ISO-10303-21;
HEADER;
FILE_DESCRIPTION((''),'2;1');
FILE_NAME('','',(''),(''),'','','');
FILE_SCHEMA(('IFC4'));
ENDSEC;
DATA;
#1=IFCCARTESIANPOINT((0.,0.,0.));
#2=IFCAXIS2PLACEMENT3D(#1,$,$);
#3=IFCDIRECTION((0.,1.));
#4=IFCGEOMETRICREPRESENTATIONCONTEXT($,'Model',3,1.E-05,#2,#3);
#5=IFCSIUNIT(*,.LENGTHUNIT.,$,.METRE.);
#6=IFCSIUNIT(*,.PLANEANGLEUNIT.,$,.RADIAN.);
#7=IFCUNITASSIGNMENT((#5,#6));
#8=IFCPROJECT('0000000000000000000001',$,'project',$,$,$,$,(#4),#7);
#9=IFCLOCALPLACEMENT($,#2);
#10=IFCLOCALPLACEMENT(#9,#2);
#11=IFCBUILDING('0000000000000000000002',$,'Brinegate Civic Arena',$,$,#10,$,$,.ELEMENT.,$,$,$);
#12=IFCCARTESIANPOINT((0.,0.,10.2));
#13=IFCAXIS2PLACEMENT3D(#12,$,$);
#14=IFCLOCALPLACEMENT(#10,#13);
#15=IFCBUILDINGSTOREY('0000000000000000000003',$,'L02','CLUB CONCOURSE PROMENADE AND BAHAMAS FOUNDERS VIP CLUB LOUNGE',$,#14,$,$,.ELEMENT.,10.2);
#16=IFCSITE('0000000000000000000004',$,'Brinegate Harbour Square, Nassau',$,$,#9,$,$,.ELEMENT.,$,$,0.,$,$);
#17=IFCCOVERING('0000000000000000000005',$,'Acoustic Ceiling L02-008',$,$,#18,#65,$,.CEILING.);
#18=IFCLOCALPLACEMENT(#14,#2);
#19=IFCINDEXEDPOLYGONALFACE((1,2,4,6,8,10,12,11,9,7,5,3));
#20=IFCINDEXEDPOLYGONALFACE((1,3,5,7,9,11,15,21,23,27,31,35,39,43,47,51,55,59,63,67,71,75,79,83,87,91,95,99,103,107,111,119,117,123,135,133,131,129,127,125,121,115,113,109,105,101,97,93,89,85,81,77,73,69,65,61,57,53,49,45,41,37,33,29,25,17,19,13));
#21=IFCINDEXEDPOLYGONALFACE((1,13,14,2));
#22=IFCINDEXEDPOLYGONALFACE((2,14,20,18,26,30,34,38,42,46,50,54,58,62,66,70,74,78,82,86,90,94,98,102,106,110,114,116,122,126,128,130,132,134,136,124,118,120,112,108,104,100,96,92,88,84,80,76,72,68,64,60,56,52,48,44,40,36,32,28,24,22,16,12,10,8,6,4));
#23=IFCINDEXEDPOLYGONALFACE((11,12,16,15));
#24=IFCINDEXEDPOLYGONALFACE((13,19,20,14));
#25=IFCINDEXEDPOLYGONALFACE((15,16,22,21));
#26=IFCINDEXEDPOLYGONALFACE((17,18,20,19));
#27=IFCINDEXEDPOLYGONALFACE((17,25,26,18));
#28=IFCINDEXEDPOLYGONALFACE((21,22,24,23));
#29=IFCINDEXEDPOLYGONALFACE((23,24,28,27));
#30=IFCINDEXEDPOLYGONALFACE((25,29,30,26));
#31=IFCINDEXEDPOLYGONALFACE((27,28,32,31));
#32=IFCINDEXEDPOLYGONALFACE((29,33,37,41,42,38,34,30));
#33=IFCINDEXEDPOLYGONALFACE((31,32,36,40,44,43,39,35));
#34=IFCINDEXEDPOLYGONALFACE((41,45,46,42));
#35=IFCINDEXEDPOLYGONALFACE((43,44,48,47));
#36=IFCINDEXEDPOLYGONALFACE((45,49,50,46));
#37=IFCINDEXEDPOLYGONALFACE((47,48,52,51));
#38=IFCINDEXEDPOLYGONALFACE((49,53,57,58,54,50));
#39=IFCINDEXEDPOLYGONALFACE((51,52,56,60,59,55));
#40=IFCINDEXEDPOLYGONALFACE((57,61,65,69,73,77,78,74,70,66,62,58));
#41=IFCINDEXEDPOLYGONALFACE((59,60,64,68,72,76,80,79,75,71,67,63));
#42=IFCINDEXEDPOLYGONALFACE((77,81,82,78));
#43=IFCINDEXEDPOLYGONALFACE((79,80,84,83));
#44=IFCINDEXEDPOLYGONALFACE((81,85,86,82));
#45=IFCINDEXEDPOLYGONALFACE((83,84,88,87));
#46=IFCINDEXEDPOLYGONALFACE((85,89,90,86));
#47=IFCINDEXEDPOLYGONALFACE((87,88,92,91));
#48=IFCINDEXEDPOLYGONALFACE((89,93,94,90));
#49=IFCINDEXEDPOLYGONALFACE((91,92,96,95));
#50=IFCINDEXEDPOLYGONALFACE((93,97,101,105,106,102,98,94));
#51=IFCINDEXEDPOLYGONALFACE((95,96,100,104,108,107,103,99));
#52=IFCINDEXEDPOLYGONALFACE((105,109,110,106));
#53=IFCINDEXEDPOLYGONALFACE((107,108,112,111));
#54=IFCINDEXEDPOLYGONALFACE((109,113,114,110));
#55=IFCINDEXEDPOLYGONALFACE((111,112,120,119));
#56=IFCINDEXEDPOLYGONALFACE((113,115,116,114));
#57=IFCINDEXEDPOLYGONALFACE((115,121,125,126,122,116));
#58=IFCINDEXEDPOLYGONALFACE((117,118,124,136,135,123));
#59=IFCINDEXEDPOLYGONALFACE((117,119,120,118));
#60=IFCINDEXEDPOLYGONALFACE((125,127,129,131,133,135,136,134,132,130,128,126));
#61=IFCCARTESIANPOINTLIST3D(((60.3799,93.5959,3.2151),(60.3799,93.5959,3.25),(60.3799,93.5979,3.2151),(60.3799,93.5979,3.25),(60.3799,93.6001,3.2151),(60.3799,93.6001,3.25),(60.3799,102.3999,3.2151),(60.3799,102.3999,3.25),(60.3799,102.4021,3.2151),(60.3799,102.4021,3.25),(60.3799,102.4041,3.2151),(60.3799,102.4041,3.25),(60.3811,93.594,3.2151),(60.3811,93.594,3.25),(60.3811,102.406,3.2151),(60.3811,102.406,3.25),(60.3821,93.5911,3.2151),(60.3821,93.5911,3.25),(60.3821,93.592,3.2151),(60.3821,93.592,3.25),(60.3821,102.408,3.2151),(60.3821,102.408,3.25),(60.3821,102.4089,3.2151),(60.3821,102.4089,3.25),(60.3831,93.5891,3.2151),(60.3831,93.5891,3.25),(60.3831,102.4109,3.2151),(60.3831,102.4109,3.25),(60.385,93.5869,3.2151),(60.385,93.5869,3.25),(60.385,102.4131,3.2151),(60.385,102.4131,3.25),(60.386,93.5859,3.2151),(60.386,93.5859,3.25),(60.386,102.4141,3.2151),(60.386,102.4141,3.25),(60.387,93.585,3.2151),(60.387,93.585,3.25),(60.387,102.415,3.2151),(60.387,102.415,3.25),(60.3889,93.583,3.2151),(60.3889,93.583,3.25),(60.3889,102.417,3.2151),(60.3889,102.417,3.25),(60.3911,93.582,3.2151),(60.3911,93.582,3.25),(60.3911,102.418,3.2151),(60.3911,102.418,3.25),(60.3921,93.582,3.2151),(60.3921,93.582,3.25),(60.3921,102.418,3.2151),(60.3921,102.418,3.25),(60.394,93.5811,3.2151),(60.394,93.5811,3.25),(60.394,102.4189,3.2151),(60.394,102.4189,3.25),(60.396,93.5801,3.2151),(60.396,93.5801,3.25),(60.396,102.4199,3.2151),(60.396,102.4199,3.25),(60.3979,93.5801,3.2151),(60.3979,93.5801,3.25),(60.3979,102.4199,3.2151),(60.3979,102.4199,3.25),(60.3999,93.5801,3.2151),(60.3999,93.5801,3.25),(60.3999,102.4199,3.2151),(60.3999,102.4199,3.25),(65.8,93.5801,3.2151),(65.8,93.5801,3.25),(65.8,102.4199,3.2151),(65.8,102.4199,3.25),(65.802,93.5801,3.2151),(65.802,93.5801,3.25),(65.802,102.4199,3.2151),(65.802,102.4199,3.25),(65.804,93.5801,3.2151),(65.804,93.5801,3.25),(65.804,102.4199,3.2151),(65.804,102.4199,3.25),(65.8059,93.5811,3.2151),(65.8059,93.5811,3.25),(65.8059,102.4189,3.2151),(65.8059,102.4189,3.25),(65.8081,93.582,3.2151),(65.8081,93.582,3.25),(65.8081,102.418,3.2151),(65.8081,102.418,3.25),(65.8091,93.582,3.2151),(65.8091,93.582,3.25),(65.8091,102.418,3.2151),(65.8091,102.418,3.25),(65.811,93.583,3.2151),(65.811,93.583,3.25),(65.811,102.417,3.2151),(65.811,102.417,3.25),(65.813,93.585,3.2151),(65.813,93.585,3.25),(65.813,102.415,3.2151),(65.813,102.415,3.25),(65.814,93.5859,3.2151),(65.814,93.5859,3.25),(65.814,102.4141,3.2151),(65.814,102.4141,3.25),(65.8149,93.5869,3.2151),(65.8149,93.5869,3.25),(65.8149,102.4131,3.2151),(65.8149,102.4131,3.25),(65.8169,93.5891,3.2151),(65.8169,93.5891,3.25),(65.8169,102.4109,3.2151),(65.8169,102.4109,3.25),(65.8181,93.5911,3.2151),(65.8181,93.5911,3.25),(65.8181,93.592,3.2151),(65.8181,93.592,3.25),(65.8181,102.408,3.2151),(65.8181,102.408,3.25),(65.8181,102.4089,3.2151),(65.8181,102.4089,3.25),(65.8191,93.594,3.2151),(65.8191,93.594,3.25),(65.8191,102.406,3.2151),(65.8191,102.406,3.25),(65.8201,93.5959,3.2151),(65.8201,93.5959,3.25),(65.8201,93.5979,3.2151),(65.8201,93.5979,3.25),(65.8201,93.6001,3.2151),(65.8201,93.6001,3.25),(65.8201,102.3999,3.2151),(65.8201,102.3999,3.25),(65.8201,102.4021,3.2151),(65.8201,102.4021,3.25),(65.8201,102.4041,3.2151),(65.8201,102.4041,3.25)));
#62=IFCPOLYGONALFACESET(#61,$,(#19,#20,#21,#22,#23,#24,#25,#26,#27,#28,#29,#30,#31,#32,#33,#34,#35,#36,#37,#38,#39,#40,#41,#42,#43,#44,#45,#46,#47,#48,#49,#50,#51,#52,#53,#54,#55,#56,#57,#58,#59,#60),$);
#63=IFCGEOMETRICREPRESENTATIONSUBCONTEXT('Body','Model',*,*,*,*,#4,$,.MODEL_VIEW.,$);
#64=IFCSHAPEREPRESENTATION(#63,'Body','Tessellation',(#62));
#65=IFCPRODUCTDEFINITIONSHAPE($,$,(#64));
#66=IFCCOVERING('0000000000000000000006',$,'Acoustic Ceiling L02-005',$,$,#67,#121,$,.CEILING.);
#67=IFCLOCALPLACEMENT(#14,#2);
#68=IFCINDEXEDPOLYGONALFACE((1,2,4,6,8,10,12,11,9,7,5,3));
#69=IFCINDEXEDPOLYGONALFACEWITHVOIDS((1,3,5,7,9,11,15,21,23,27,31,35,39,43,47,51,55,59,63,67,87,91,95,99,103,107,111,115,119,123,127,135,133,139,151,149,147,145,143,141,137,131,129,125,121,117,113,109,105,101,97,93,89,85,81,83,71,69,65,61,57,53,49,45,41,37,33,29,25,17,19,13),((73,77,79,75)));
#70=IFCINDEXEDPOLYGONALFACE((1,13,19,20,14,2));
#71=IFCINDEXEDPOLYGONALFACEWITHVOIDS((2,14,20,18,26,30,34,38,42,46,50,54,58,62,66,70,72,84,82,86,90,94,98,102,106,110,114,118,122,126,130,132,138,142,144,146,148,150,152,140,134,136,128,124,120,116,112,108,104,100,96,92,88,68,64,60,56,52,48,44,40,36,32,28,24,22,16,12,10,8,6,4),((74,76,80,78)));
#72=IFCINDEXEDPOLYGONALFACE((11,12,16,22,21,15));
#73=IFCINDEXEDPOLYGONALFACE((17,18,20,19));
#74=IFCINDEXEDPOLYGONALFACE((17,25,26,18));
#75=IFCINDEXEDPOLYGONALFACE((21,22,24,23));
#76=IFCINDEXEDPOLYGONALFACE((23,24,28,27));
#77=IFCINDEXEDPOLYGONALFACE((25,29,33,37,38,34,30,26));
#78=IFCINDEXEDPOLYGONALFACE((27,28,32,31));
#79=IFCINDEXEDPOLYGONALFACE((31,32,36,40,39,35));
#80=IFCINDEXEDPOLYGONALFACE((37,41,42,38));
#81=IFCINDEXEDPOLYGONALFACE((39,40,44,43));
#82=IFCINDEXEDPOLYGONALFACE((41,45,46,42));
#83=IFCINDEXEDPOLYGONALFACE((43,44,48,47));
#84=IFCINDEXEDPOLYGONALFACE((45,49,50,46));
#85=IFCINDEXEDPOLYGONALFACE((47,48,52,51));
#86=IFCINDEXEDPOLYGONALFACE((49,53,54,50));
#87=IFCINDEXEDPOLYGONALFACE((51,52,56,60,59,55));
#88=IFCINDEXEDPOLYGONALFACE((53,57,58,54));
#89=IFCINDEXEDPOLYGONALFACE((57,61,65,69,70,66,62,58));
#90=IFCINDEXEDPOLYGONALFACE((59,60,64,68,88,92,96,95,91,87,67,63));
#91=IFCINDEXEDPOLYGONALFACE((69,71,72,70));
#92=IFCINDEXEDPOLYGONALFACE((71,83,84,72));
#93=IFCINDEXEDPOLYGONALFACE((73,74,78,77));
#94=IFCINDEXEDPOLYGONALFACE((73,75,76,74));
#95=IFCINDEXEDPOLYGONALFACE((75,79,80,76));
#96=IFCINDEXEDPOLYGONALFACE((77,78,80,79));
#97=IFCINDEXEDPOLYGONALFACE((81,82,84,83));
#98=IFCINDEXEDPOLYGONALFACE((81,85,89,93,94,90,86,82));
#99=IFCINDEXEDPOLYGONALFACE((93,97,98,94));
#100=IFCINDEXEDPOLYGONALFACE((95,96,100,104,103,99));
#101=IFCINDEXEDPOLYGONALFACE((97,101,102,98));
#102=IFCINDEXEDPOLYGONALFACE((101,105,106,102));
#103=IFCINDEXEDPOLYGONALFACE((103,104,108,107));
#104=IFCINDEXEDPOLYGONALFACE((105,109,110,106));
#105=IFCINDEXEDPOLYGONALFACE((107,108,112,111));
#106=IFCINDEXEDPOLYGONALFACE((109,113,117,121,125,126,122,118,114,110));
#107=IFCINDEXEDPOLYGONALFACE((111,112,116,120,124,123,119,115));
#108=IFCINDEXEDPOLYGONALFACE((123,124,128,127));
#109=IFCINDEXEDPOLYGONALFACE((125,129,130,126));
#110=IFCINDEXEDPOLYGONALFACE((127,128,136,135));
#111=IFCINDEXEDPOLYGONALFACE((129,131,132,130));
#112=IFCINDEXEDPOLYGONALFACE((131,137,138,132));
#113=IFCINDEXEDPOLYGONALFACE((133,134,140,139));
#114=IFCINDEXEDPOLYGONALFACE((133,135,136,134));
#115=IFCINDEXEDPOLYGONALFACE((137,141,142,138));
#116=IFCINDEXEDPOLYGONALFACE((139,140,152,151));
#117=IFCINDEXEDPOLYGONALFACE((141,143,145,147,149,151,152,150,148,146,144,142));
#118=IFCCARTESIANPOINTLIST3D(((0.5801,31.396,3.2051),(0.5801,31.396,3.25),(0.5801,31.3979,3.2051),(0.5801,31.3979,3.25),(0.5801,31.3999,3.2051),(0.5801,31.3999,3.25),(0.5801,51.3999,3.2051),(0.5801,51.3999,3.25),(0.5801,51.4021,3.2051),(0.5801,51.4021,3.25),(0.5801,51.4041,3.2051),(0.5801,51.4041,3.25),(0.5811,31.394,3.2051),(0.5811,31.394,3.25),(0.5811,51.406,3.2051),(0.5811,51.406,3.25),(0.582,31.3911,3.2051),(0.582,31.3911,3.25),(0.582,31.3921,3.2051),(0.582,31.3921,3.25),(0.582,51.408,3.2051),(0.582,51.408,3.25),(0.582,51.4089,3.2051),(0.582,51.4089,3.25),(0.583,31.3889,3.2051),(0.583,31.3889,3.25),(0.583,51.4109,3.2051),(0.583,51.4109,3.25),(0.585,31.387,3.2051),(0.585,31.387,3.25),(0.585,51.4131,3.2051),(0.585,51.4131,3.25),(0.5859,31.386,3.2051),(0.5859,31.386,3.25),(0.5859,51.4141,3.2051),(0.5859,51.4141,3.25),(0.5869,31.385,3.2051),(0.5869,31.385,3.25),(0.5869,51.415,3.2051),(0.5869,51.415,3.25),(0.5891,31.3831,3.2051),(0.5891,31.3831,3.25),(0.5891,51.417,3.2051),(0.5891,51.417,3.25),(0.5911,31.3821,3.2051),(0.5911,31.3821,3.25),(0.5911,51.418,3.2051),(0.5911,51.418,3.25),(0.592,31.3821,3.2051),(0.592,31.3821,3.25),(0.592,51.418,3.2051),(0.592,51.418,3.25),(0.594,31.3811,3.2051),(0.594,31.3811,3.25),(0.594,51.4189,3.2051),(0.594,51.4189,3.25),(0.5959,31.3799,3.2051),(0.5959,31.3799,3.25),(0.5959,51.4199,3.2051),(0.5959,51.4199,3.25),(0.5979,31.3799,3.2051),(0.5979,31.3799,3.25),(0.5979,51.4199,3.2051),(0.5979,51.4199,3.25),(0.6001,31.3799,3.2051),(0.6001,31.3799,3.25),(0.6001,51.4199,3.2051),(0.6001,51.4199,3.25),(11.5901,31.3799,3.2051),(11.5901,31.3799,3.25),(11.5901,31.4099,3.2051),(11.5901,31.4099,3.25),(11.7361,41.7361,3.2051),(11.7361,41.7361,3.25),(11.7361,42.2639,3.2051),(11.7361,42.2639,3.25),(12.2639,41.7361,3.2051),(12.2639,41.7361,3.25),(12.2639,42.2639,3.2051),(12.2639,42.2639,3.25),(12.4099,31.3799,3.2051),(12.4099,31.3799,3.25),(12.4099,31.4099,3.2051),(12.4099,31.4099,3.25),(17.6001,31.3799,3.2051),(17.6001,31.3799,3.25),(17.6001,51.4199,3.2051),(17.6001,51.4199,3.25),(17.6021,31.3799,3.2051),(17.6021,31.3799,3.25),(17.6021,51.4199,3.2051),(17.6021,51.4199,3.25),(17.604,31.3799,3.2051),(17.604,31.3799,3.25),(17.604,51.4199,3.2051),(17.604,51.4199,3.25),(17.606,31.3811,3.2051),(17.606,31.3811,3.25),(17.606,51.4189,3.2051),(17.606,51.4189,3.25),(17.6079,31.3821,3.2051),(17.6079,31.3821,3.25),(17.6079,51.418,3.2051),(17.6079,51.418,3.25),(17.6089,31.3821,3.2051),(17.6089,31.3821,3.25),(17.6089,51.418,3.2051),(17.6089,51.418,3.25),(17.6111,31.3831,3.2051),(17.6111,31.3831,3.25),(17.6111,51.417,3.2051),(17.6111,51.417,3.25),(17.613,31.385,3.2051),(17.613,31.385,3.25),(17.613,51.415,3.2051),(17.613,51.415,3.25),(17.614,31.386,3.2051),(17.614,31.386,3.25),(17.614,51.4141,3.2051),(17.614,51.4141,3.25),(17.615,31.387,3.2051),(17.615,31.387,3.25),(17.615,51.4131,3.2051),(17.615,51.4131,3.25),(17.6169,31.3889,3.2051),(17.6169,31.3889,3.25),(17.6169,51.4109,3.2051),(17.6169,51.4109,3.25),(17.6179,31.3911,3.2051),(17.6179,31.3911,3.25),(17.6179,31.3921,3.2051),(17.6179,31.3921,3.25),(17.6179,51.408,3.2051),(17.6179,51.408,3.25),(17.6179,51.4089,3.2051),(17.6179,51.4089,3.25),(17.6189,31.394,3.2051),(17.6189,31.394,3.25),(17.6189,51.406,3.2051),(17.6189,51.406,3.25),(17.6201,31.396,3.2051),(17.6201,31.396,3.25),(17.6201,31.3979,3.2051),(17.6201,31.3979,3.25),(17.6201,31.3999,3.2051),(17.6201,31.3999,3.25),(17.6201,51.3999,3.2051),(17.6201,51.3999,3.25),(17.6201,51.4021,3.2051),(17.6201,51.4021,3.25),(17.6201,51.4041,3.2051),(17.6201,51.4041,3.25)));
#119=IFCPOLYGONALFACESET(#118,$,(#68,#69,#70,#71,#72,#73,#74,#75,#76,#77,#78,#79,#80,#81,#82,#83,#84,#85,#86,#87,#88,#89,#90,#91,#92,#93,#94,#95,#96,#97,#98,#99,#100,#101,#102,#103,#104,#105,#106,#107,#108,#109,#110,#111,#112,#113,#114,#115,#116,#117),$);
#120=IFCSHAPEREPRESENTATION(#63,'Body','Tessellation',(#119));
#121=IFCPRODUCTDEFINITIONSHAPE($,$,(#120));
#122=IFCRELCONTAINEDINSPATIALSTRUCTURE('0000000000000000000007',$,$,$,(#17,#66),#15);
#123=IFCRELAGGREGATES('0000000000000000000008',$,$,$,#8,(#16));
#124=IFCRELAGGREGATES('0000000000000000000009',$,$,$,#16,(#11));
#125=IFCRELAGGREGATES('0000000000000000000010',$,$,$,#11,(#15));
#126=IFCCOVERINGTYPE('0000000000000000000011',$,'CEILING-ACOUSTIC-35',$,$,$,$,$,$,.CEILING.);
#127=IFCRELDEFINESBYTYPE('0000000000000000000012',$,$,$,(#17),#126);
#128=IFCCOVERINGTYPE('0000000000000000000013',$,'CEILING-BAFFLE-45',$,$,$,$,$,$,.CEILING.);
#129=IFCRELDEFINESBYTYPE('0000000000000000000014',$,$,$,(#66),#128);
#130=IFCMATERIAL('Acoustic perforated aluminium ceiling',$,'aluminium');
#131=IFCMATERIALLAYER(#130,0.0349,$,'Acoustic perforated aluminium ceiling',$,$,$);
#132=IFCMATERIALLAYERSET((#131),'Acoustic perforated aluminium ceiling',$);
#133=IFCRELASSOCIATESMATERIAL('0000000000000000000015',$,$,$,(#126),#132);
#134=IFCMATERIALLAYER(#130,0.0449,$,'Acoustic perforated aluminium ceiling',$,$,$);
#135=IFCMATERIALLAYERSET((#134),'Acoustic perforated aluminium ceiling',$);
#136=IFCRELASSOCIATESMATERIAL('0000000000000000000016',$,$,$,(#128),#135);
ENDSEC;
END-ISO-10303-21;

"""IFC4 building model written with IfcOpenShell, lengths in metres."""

from ifc_helpers import new_model, si_unit, direction, frame, origin, place, context, subcontext, project, spatial, polyline, outline, extrude, material, layer, layer_set, type_object, element, save


model = new_model("IFC4")

# Units and contexts
model_context = context("Model", 3, precision=1e-05, world=origin(), true_north=direction((0.0, 1.0)))
body_context = subcontext(model_context, "Body", "Model", "MODEL_VIEW")
ifc_project = project(units=[si_unit("LENGTHUNIT", "METRE"), si_unit("PLANEANGLEUNIT", "RADIAN")], contexts=[model_context])

# Site, building, storey
site_placement = place(None, origin())
site = spatial("IfcSite", under=ifc_project, at=site_placement, Name="Brinegate Harbour Square, Nassau", CompositionType="ELEMENT", RefElevation=0.0)
building_placement = place(site_placement, origin())
building = spatial("IfcBuilding", under=site, at=building_placement, Name="Brinegate Civic Arena", CompositionType="ELEMENT")
storey_placement = place(building_placement, frame((0.0, 0.0, 10.2)))
storey = spatial("IfcBuildingStorey", under=building, at=storey_placement, Name="L02", Description="CLUB CONCOURSE PROMENADE AND BAHAMAS FOUNDERS VIP CLUB LOUNGE", CompositionType="ELEMENT", Elevation=10.2)

# Coverings
ifc_material_1 = material(Name="Acoustic perforated aluminium ceiling", Category="aluminium")
ifc_layer_1 = layer(ifc_material_1, 0.0349, Name="Acoustic perforated aluminium ceiling")
ifc_layer_set_1 = layer_set([ifc_layer_1], Name="Acoustic perforated aluminium ceiling")
covering_type_1 = type_object("IfcCoveringType", Name="CEILING-ACOUSTIC-35", PredefinedType="CEILING", material=ifc_layer_set_1)
covering_1_placement = place(storey_placement, frame((0.0, 0.0, 3.2151)))
element("IfcCovering", 1, at=covering_1_placement, inside=storey, type_object=covering_type_1, Name="Acoustic Ceiling L02-008", PredefinedType="CEILING", context=body_context, shape_type="SweptSolid", body=[
    extrude(outline(polyline([(65.804, 102.4199), (65.8059, 102.4189), (65.8081, 102.418), (65.8091, 102.418), (65.811, 102.417), (65.813, 102.415), (65.814, 102.4141), (65.8149, 102.4131), (65.8169, 102.4109), (65.8181, 102.4089), (65.8181, 102.408), (65.8191, 102.406), (65.8201, 102.4041), (65.8201, 102.4021), (65.8201, 102.3999), (65.8201, 93.6001), (65.8201, 93.5979), (65.8201, 93.5959), (65.8191, 93.594), (65.8181, 93.592), (65.8181, 93.5911), (65.8169, 93.5891), (65.8149, 93.5869), (65.814, 93.5859), (65.813, 93.585), (65.811, 93.583), (65.8091, 93.582), (65.8081, 93.582), (65.8059, 93.5811), (65.804, 93.5801), (65.802, 93.5801), (65.8, 93.5801), (60.3999, 93.5801), (60.3979, 93.5801), (60.396, 93.5801), (60.394, 93.5811), (60.3921, 93.582), (60.3911, 93.582), (60.3889, 93.583), (60.387, 93.585), (60.386, 93.5859), (60.385, 93.5869), (60.3831, 93.5891), (60.3821, 93.5911), (60.3821, 93.592), (60.3811, 93.594), (60.3799, 93.5959), (60.3799, 93.5979), (60.3799, 93.6001), (60.3799, 102.3999), (60.3799, 102.4021), (60.3799, 102.4041), (60.3811, 102.406), (60.3821, 102.408), (60.3821, 102.4089), (60.3831, 102.4109), (60.385, 102.4131), (60.386, 102.4141), (60.387, 102.415), (60.3889, 102.417), (60.3911, 102.418), (60.3921, 102.418), (60.394, 102.4189), (60.396, 102.4199), (60.3979, 102.4199), (60.3999, 102.4199), (65.8, 102.4199), (65.802, 102.4199), (65.804, 102.4199)])), origin(), (0.0, 0.0, 1.0), 0.0349),
])
ifc_layer_2 = layer(ifc_material_1, 0.0449, Name="Acoustic perforated aluminium ceiling")
ifc_layer_set_2 = layer_set([ifc_layer_2], Name="Acoustic perforated aluminium ceiling")
covering_type_2 = type_object("IfcCoveringType", Name="CEILING-BAFFLE-45", PredefinedType="CEILING", material=ifc_layer_set_2)
covering_2_placement = place(storey_placement, frame((0.0, 0.0, 3.2051)))
element("IfcCovering", 2, at=covering_2_placement, inside=storey, type_object=covering_type_2, Name="Acoustic Ceiling L02-005", PredefinedType="CEILING", context=body_context, shape_type="SweptSolid", body=[
    extrude(outline(polyline([(17.604, 51.4199), (17.606, 51.4189), (17.6079, 51.418), (17.6089, 51.418), (17.6111, 51.417), (17.613, 51.415), (17.614, 51.4141), (17.615, 51.4131), (17.6169, 51.4109), (17.6179, 51.4089), (17.6179, 51.408), (17.6189, 51.406), (17.6201, 51.4041), (17.6201, 51.4021), (17.6201, 51.3999), (17.6201, 31.3999), (17.6201, 31.3979), (17.6201, 31.396), (17.6189, 31.394), (17.6179, 31.3921), (17.6179, 31.3911), (17.6169, 31.3889), (17.615, 31.387), (17.614, 31.386), (17.613, 31.385), (17.6111, 31.3831), (17.6089, 31.3821), (17.6079, 31.3821), (17.606, 31.3811), (17.604, 31.3799), (17.6021, 31.3799), (17.6001, 31.3799), (12.4099, 31.3799), (12.4099, 31.4099), (11.5901, 31.4099), (11.5901, 31.3799), (0.6001, 31.3799), (0.5979, 31.3799), (0.5959, 31.3799), (0.594, 31.3811), (0.592, 31.3821), (0.5911, 31.3821), (0.5891, 31.3831), (0.5869, 31.385), (0.5859, 31.386), (0.585, 31.387), (0.583, 31.3889), (0.582, 31.3911), (0.582, 31.3921), (0.5811, 31.394), (0.5801, 31.396), (0.5801, 31.3979), (0.5801, 31.3999), (0.5801, 51.3999), (0.5801, 51.4021), (0.5801, 51.4041), (0.5811, 51.406), (0.582, 51.408), (0.582, 51.4089), (0.583, 51.4109), (0.585, 51.4131), (0.5859, 51.4141), (0.5869, 51.415), (0.5891, 51.417), (0.5911, 51.418), (0.592, 51.418), (0.594, 51.4189), (0.5959, 51.4199), (0.5979, 51.4199), (0.6001, 51.4199), (17.6001, 51.4199), (17.6021, 51.4199), (17.604, 51.4199)]), holes=[polyline([(11.7361, 42.2639), (11.7361, 41.7361), (12.2639, 41.7361), (12.2639, 42.2639), (11.7361, 42.2639)])]), origin(), (0.0, 0.0, 1.0), 0.0449),
])

save(model, "model.ifc")
